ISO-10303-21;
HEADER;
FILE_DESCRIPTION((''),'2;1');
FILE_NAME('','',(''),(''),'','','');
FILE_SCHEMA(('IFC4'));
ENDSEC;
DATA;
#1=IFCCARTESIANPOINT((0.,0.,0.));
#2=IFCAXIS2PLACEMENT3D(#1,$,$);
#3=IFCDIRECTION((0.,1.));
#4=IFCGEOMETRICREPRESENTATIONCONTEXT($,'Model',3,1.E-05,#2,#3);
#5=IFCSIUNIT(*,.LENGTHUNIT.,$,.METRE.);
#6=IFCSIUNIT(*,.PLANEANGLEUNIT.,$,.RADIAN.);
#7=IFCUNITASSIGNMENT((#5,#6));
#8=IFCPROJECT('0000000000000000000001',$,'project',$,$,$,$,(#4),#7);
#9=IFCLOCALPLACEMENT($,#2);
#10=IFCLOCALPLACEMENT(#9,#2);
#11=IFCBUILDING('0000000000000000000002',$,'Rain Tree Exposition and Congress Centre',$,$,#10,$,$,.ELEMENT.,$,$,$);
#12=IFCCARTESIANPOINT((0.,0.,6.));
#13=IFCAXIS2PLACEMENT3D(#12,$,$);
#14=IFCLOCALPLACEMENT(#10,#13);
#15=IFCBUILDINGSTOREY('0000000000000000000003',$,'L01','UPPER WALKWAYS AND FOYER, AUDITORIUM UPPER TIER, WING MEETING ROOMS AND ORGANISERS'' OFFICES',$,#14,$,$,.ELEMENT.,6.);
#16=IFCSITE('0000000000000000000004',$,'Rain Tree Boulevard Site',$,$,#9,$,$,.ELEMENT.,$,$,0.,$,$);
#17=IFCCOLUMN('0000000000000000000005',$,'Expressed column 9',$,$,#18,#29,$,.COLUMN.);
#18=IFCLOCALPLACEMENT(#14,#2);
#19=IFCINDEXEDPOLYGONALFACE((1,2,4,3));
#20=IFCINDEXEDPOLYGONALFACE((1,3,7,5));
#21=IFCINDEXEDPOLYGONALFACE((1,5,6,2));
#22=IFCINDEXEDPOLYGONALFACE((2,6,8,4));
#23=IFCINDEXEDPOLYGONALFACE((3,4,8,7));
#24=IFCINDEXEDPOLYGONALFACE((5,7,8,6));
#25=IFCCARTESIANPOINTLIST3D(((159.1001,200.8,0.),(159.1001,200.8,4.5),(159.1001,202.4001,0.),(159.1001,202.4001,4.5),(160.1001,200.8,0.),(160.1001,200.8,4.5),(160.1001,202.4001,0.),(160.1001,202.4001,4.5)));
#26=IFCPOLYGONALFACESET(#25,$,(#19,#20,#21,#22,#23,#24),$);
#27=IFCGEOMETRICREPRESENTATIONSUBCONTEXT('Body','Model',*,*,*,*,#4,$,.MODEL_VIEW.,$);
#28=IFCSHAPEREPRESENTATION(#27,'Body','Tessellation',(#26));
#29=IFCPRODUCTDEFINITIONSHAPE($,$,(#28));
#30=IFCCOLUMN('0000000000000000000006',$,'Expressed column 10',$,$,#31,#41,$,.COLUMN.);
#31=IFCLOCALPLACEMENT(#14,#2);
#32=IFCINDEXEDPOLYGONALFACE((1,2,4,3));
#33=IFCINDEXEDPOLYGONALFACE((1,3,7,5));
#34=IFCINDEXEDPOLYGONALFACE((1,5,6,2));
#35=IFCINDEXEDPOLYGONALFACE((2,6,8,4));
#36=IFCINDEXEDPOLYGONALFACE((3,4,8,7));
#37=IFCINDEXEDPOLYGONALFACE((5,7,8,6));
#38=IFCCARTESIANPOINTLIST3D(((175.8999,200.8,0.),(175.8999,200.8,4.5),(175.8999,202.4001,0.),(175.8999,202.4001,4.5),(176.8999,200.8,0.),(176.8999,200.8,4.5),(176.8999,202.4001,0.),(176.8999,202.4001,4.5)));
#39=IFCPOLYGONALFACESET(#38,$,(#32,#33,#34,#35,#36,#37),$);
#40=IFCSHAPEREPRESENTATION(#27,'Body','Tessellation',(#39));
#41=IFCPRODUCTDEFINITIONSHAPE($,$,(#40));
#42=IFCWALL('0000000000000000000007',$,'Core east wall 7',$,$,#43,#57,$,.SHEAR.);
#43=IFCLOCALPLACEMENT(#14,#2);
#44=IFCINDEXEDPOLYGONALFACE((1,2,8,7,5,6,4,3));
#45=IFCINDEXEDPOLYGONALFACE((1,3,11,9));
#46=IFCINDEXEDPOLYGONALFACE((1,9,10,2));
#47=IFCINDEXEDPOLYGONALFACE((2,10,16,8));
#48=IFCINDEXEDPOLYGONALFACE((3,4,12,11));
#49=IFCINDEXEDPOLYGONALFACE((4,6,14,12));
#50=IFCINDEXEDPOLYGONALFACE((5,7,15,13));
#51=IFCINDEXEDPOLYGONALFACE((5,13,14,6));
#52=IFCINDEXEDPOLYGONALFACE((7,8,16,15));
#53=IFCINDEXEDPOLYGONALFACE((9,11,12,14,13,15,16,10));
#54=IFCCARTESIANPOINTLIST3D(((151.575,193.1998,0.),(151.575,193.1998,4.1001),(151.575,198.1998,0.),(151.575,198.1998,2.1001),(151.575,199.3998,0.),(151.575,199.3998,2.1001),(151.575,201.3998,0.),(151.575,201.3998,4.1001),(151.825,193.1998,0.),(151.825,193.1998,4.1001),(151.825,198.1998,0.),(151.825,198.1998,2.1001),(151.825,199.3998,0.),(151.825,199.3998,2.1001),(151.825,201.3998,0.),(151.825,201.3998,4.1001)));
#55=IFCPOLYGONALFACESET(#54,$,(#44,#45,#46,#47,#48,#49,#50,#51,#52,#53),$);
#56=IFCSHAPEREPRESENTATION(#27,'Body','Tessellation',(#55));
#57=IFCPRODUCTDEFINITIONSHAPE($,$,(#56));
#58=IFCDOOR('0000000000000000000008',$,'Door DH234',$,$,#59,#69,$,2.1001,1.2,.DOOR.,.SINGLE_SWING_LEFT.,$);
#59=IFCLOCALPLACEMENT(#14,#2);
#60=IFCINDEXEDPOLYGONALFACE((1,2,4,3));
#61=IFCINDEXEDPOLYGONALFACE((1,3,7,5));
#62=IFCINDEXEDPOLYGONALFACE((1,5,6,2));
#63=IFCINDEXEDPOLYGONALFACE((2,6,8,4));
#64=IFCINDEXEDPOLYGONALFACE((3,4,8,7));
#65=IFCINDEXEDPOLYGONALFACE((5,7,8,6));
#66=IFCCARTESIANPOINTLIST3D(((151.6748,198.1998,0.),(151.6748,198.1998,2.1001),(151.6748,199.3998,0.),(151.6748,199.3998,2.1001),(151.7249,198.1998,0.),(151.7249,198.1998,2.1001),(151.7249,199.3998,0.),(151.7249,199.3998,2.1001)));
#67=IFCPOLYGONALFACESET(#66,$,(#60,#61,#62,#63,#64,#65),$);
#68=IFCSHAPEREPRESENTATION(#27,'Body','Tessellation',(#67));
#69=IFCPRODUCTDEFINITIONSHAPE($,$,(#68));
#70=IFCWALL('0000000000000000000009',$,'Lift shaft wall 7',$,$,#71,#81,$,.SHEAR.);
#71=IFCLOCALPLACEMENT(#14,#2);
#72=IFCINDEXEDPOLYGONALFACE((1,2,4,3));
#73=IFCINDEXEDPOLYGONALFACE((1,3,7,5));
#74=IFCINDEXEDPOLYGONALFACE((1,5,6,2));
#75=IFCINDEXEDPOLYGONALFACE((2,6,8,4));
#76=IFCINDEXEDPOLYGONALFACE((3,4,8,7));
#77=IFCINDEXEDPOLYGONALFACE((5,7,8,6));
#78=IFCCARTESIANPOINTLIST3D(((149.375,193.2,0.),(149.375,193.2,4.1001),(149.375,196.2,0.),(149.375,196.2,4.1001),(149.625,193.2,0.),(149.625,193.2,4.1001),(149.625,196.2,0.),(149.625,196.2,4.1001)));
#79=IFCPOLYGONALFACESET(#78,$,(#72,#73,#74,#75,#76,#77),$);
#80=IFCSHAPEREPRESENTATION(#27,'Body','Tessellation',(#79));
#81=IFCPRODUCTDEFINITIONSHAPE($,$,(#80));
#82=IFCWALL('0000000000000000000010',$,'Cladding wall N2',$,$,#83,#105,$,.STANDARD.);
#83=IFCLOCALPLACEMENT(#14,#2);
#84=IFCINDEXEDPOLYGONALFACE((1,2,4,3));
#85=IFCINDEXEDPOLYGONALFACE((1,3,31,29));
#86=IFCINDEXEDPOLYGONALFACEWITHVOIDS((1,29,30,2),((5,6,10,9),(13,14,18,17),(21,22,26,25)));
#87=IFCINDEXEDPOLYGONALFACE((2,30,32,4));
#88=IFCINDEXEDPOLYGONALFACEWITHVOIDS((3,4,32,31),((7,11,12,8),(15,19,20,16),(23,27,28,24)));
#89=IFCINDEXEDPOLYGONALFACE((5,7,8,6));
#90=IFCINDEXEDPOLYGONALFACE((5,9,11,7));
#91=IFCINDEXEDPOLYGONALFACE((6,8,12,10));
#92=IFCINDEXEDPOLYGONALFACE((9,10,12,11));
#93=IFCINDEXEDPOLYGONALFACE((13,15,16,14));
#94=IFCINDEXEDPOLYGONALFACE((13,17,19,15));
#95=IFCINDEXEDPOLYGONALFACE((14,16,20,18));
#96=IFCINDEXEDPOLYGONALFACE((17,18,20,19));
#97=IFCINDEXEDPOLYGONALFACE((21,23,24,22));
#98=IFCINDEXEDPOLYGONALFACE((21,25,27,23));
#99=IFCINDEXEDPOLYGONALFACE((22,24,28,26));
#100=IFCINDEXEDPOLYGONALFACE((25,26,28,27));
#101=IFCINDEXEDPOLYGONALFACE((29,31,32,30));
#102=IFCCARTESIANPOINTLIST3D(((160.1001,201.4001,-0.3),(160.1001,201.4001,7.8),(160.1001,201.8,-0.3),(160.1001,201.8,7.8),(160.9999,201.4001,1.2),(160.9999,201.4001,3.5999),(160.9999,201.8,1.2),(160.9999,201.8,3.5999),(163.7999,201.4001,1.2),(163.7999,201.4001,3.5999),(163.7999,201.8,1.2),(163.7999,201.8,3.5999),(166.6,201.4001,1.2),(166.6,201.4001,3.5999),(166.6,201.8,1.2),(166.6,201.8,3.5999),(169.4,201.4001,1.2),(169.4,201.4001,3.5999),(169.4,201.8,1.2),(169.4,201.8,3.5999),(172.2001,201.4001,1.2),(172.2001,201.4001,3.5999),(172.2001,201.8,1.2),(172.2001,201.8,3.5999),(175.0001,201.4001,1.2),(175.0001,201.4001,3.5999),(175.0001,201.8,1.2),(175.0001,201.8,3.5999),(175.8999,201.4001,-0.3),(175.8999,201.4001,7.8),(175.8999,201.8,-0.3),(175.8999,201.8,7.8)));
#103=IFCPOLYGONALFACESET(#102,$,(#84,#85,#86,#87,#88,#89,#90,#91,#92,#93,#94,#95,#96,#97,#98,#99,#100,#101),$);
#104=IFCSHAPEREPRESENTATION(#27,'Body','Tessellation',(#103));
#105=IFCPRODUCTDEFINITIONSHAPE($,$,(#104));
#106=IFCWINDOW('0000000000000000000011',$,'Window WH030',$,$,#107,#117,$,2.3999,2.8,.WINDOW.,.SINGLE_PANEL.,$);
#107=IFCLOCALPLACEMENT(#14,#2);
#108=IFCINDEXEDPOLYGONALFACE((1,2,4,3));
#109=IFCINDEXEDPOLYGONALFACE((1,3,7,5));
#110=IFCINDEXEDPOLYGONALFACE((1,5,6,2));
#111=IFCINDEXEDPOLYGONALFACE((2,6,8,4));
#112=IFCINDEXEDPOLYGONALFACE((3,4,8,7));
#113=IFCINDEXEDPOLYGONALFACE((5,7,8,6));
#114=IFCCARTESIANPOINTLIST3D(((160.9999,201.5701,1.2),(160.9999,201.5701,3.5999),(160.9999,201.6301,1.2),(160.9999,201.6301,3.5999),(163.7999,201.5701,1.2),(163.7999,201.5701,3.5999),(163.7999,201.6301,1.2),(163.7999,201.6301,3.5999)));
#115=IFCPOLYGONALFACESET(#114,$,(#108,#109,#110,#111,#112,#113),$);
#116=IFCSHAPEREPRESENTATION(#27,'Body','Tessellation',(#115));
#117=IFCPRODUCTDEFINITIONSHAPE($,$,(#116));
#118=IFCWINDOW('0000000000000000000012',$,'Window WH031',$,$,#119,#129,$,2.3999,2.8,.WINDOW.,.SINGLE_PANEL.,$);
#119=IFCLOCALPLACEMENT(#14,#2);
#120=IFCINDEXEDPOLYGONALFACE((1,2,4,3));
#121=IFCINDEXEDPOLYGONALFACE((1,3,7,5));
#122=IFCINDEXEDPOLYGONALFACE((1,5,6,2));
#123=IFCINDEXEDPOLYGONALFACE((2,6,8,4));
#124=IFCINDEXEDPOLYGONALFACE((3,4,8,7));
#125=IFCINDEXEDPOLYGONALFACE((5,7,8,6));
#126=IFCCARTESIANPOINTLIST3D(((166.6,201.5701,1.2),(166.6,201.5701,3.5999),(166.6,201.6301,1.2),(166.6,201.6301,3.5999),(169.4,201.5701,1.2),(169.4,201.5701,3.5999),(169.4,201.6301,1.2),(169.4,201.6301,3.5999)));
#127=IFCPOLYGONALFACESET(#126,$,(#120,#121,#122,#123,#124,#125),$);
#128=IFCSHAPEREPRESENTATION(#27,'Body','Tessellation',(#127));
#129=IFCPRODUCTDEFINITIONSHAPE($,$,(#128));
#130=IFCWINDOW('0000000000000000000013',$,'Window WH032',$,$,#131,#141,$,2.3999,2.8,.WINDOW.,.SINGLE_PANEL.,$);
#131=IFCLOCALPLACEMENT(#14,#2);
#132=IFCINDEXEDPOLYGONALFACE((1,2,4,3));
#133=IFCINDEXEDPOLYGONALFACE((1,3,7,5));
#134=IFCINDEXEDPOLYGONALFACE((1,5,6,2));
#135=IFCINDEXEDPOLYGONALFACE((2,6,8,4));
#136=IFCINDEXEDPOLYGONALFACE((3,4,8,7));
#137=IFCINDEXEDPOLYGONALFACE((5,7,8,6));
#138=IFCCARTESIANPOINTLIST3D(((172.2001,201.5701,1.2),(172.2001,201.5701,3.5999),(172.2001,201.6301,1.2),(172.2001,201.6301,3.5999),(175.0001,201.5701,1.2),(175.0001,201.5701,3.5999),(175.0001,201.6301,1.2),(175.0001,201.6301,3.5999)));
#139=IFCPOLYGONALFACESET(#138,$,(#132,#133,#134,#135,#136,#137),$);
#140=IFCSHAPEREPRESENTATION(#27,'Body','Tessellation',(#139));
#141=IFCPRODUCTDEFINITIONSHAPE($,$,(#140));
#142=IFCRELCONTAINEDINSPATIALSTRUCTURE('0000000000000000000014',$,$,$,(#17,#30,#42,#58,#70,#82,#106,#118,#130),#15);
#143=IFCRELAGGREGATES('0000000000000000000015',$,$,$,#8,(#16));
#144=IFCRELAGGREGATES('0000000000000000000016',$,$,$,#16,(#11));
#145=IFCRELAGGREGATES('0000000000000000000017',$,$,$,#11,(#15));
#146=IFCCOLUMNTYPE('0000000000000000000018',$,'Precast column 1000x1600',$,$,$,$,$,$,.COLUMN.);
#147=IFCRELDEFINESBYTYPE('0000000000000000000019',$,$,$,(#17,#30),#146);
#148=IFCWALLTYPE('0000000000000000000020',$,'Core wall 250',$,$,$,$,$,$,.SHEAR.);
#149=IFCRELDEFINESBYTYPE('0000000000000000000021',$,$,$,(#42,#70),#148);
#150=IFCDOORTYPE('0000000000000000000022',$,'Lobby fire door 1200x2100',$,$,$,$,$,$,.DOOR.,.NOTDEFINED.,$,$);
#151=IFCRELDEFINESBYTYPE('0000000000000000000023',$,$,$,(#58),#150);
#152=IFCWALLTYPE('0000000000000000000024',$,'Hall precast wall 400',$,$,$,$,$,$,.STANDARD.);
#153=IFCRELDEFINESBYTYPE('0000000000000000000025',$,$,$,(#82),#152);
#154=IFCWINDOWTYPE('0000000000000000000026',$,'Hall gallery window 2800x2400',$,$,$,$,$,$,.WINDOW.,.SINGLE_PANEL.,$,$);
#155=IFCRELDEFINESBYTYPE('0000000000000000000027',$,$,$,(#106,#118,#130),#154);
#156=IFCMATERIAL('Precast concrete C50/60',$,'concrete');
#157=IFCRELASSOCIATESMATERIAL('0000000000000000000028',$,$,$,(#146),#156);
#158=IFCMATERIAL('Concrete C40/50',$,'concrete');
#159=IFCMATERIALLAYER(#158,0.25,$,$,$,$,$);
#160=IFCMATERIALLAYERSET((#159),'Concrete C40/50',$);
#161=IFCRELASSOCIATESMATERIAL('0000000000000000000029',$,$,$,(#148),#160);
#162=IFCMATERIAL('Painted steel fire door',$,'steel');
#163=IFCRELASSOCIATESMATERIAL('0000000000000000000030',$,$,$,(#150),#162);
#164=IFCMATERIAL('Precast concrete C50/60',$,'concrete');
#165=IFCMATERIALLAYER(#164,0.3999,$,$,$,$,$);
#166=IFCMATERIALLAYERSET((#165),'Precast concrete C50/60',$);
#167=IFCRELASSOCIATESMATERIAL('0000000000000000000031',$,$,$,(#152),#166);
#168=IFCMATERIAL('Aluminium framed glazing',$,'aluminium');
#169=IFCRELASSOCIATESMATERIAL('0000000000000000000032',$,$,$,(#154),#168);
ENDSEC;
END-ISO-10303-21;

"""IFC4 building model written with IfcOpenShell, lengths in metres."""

from ifc_helpers import new_model, si_unit, direction, frame, frame_2d, origin, origin_2d, place, context, subcontext, project, spatial, rectangle, extrude, material, layer, layer_set, material_profile, profile_set, type_object, element, fill, save


model = new_model("IFC4")

# Units and contexts
model_context = context("Model", 3, precision=1e-05, world=origin(), true_north=direction((0.0, 1.0)))
body_context = subcontext(model_context, "Body", "Model", "MODEL_VIEW")
ifc_project = project(units=[si_unit("LENGTHUNIT", "METRE"), si_unit("PLANEANGLEUNIT", "RADIAN")], contexts=[model_context])

# Site, building, storey
site_placement = place(None, origin())
site = spatial("IfcSite", under=ifc_project, at=site_placement, Name="Rain Tree Boulevard Site", CompositionType="ELEMENT", RefElevation=0.0)
building_placement = place(site_placement, origin())
building = spatial("IfcBuilding", under=site, at=building_placement, Name="Rain Tree Exposition and Congress Centre", CompositionType="ELEMENT")
storey_placement = place(building_placement, frame((0.0, 0.0, 6.0)))
storey = spatial("IfcBuildingStorey", under=building, at=storey_placement, Name="L01", Description="UPPER WALKWAYS AND FOYER, AUDITORIUM UPPER TIER, WING MEETING ROOMS AND ORGANISERS' OFFICES", CompositionType="ELEMENT", Elevation=6.0)

# Columns
ifc_material_1 = material(Name="Precast concrete C50/60", Category="concrete")
ifc_material_profile = material_profile(ifc_material_1, rectangle(XDim=1.0, YDim=1.6001, at=origin_2d()), Name="RC 1000x1600")
ifc_profile_set = profile_set([ifc_material_profile], Name="Precast concrete C50/60")
column_type = type_object("IfcColumnType", Name="Precast column 1000x1600", PredefinedType="COLUMN", material=ifc_profile_set)
for number, where, z_axis, x_axis, name in (
    (1, (159.6001, 201.6001, 0.0), (0.0, 0.0, 1.0), (1.0, 0.0, 0.0), "Expressed column 9"),
    (2, (176.3999, 201.6001, 0.0), (0.0, 0.0, 1.0), (1.0, 0.0, 0.0), "Expressed column 10"),
):
    element("IfcColumn", number, at=place(storey_placement, frame(where, z_axis=z_axis, x_axis=x_axis)), inside=storey, type_object=column_type, Name=name, PredefinedType="COLUMN", context=body_context, shape_type="SweptSolid", body=[
        extrude(rectangle(XDim=1.0, YDim=1.6001, at=origin_2d()), origin(), (0.0, 0.0, 1.0), 4.5),
    ])

# Wall, opening, door
ifc_material_2 = material(Name="Concrete C40/50", Category="concrete")
ifc_layer_1 = layer(ifc_material_2, 0.25)
ifc_layer_set_1 = layer_set([ifc_layer_1], Name="Concrete C40/50")
wall_type_1 = type_object("IfcWallType", Name="Core wall 250", PredefinedType="SHEAR", material=ifc_layer_set_1)
wall_1_placement = place(storey_placement, frame((151.7, 201.3999, 0.0), z_axis=(0.0, 0.0, 1.0), x_axis=(0.0, -1.0, 0.0)))
wall_1 = element("IfcWall", 3, at=wall_1_placement, inside=storey, type_object=wall_type_1, Name="Core east wall 7", PredefinedType="SHEAR", context=body_context, shape_type="SweptSolid", body=[
    extrude(rectangle(XDim=8.2, YDim=0.25, at=frame_2d((4.1001, 0.0))), origin(), (0.0, 0.0, 1.0), 4.1001),
])
opening_1_placement = place(wall_1_placement, frame((2.0, 0.0, 0.0)))
opening_1 = element("IfcOpeningElement", 4, at=opening_1_placement, cuts=wall_1, PredefinedType="OPENING", context=body_context, shape_type="SweptSolid", body=[
    extrude(rectangle(XDim=1.2, YDim=2.1001, at=frame_2d((0.6001, 1.05))), frame((0.0, 0.125, 0.0), z_axis=(0.0, -1.0, 0.0), x_axis=(1.0, 0.0, 0.0)), (0.0, 0.0, 1.0), 0.25),
])
ifc_material_3 = material(Name="Painted steel fire door", Category="steel")
door_type = type_object("IfcDoorType", Name="Lobby fire door 1200x2100", OperationType="NOTDEFINED", PredefinedType="DOOR", material=ifc_material_3)
door_placement = place(opening_1_placement, origin())
door = element("IfcDoor", 5, at=door_placement, inside=storey, type_object=door_type, Name="Door DH234", OperationType="SINGLE_SWING_LEFT", OverallHeight=2.1001, OverallWidth=1.2, PredefinedType="DOOR", context=body_context, shape_type="SweptSolid", body=[
    extrude(rectangle(XDim=1.2, YDim=2.1001, at=frame_2d((0.6001, 1.05))), frame((0.0, 0.0249, 0.0), z_axis=(0.0, -1.0, 0.0), x_axis=(1.0, 0.0, 0.0)), (0.0, 0.0, 1.0), 0.05),
])
fill(opening_1, door)

# Wall
wall_2_placement = place(storey_placement, frame((149.5, 196.2, 0.0), z_axis=(0.0, 0.0, 1.0), x_axis=(0.0, -1.0, 0.0)))
element("IfcWall", 6, at=wall_2_placement, inside=storey, type_object=wall_type_1, Name="Lift shaft wall 7", PredefinedType="SHEAR", context=body_context, shape_type="SweptSolid", body=[
    extrude(rectangle(XDim=3.0, YDim=0.25, at=frame_2d((1.5, 0.0))), origin(), (0.0, 0.0, 1.0), 4.1001),
])

# Wall, openings, windows
ifc_material_4 = material(Name="Precast concrete C50/60", Category="concrete")
ifc_layer_2 = layer(ifc_material_4, 0.3999)
ifc_layer_set_2 = layer_set([ifc_layer_2], Name="Precast concrete C50/60")
wall_type_2 = type_object("IfcWallType", Name="Hall precast wall 400", PredefinedType="STANDARD", material=ifc_layer_set_2)
wall_3_placement = place(storey_placement, frame((160.1001, 201.6001, -0.3), z_axis=(0.0, 0.0, 1.0), x_axis=(1.0, 0.0, 0.0)))
wall_3 = element("IfcWall", 7, at=wall_3_placement, inside=storey, type_object=wall_type_2, Name="Cladding wall N2", PredefinedType="STANDARD", context=body_context, shape_type="SweptSolid", body=[
    extrude(rectangle(XDim=15.7998, YDim=0.3999, at=frame_2d((7.8999, 0.0))), origin(), (0.0, 0.0, 1.0), 8.1001),
])
opening_2_placement = place(wall_3_placement, frame((0.8999, 0.0, 1.5)))
opening_2 = element("IfcOpeningElement", 8, at=opening_2_placement, cuts=wall_3, PredefinedType="OPENING", context=body_context, shape_type="SweptSolid", body=[
    extrude(rectangle(XDim=2.8, YDim=2.3999, at=frame_2d((1.3999, 1.2))), frame((0.0, 0.2, 0.0), z_axis=(0.0, -1.0, 0.0), x_axis=(1.0, 0.0, 0.0)), (0.0, 0.0, 1.0), 0.3999),
])
opening_3_placement = place(wall_3_placement, frame((6.5, 0.0, 1.5)))
opening_3 = element("IfcOpeningElement", 9, at=opening_3_placement, cuts=wall_3, PredefinedType="OPENING", context=body_context, shape_type="SweptSolid", body=[
    extrude(rectangle(XDim=2.8, YDim=2.3999, at=frame_2d((1.3999, 1.2))), frame((0.0, 0.2, 0.0), z_axis=(0.0, -1.0, 0.0), x_axis=(1.0, 0.0, 0.0)), (0.0, 0.0, 1.0), 0.3999),
])
opening_4_placement = place(wall_3_placement, frame((12.1001, 0.0, 1.5)))
opening_4 = element("IfcOpeningElement", 10, at=opening_4_placement, cuts=wall_3, PredefinedType="OPENING", context=body_context, shape_type="SweptSolid", body=[
    extrude(rectangle(XDim=2.8, YDim=2.3999, at=frame_2d((1.3999, 1.2))), frame((0.0, 0.2, 0.0), z_axis=(0.0, -1.0, 0.0), x_axis=(1.0, 0.0, 0.0)), (0.0, 0.0, 1.0), 0.3999),
])
ifc_material_5 = material(Name="Aluminium framed glazing", Category="aluminium")
window_type = type_object("IfcWindowType", Name="Hall gallery window 2800x2400", PartitioningType="SINGLE_PANEL", PredefinedType="WINDOW", material=ifc_material_5)
window_1_placement = place(opening_2_placement, origin())
window_1 = element("IfcWindow", 11, at=window_1_placement, inside=storey, type_object=window_type, Name="Window WH030", OverallHeight=2.3999, OverallWidth=2.8, PartitioningType="SINGLE_PANEL", PredefinedType="WINDOW", context=body_context, shape_type="SweptSolid", body=[
    extrude(rectangle(XDim=2.8, YDim=2.3999, at=frame_2d((1.3999, 1.2))), frame((0.0, 0.03, 0.0), z_axis=(0.0, -1.0, 0.0), x_axis=(1.0, 0.0, 0.0)), (0.0, 0.0, 1.0), 0.0601),
])
fill(opening_2, window_1)
window_2_placement = place(opening_3_placement, origin())
window_2 = element("IfcWindow", 12, at=window_2_placement, inside=storey, type_object=window_type, Name="Window WH031", OverallHeight=2.3999, OverallWidth=2.8, PartitioningType="SINGLE_PANEL", PredefinedType="WINDOW", context=body_context, shape_type="SweptSolid", body=[
    extrude(rectangle(XDim=2.8, YDim=2.3999, at=frame_2d((1.3999, 1.2))), frame((0.0, 0.03, 0.0), z_axis=(0.0, -1.0, 0.0), x_axis=(1.0, 0.0, 0.0)), (0.0, 0.0, 1.0), 0.0601),
])
fill(opening_3, window_2)
window_3_placement = place(opening_4_placement, origin())
window_3 = element("IfcWindow", 13, at=window_3_placement, inside=storey, type_object=window_type, Name="Window WH032", OverallHeight=2.3999, OverallWidth=2.8, PartitioningType="SINGLE_PANEL", PredefinedType="WINDOW", context=body_context, shape_type="SweptSolid", body=[
    extrude(rectangle(XDim=2.8, YDim=2.3999, at=frame_2d((1.3999, 1.2))), frame((0.0, 0.03, 0.0), z_axis=(0.0, -1.0, 0.0), x_axis=(1.0, 0.0, 0.0)), (0.0, 0.0, 1.0), 0.0601),
])
fill(opening_4, window_3)

save(model, "model.ifc")
